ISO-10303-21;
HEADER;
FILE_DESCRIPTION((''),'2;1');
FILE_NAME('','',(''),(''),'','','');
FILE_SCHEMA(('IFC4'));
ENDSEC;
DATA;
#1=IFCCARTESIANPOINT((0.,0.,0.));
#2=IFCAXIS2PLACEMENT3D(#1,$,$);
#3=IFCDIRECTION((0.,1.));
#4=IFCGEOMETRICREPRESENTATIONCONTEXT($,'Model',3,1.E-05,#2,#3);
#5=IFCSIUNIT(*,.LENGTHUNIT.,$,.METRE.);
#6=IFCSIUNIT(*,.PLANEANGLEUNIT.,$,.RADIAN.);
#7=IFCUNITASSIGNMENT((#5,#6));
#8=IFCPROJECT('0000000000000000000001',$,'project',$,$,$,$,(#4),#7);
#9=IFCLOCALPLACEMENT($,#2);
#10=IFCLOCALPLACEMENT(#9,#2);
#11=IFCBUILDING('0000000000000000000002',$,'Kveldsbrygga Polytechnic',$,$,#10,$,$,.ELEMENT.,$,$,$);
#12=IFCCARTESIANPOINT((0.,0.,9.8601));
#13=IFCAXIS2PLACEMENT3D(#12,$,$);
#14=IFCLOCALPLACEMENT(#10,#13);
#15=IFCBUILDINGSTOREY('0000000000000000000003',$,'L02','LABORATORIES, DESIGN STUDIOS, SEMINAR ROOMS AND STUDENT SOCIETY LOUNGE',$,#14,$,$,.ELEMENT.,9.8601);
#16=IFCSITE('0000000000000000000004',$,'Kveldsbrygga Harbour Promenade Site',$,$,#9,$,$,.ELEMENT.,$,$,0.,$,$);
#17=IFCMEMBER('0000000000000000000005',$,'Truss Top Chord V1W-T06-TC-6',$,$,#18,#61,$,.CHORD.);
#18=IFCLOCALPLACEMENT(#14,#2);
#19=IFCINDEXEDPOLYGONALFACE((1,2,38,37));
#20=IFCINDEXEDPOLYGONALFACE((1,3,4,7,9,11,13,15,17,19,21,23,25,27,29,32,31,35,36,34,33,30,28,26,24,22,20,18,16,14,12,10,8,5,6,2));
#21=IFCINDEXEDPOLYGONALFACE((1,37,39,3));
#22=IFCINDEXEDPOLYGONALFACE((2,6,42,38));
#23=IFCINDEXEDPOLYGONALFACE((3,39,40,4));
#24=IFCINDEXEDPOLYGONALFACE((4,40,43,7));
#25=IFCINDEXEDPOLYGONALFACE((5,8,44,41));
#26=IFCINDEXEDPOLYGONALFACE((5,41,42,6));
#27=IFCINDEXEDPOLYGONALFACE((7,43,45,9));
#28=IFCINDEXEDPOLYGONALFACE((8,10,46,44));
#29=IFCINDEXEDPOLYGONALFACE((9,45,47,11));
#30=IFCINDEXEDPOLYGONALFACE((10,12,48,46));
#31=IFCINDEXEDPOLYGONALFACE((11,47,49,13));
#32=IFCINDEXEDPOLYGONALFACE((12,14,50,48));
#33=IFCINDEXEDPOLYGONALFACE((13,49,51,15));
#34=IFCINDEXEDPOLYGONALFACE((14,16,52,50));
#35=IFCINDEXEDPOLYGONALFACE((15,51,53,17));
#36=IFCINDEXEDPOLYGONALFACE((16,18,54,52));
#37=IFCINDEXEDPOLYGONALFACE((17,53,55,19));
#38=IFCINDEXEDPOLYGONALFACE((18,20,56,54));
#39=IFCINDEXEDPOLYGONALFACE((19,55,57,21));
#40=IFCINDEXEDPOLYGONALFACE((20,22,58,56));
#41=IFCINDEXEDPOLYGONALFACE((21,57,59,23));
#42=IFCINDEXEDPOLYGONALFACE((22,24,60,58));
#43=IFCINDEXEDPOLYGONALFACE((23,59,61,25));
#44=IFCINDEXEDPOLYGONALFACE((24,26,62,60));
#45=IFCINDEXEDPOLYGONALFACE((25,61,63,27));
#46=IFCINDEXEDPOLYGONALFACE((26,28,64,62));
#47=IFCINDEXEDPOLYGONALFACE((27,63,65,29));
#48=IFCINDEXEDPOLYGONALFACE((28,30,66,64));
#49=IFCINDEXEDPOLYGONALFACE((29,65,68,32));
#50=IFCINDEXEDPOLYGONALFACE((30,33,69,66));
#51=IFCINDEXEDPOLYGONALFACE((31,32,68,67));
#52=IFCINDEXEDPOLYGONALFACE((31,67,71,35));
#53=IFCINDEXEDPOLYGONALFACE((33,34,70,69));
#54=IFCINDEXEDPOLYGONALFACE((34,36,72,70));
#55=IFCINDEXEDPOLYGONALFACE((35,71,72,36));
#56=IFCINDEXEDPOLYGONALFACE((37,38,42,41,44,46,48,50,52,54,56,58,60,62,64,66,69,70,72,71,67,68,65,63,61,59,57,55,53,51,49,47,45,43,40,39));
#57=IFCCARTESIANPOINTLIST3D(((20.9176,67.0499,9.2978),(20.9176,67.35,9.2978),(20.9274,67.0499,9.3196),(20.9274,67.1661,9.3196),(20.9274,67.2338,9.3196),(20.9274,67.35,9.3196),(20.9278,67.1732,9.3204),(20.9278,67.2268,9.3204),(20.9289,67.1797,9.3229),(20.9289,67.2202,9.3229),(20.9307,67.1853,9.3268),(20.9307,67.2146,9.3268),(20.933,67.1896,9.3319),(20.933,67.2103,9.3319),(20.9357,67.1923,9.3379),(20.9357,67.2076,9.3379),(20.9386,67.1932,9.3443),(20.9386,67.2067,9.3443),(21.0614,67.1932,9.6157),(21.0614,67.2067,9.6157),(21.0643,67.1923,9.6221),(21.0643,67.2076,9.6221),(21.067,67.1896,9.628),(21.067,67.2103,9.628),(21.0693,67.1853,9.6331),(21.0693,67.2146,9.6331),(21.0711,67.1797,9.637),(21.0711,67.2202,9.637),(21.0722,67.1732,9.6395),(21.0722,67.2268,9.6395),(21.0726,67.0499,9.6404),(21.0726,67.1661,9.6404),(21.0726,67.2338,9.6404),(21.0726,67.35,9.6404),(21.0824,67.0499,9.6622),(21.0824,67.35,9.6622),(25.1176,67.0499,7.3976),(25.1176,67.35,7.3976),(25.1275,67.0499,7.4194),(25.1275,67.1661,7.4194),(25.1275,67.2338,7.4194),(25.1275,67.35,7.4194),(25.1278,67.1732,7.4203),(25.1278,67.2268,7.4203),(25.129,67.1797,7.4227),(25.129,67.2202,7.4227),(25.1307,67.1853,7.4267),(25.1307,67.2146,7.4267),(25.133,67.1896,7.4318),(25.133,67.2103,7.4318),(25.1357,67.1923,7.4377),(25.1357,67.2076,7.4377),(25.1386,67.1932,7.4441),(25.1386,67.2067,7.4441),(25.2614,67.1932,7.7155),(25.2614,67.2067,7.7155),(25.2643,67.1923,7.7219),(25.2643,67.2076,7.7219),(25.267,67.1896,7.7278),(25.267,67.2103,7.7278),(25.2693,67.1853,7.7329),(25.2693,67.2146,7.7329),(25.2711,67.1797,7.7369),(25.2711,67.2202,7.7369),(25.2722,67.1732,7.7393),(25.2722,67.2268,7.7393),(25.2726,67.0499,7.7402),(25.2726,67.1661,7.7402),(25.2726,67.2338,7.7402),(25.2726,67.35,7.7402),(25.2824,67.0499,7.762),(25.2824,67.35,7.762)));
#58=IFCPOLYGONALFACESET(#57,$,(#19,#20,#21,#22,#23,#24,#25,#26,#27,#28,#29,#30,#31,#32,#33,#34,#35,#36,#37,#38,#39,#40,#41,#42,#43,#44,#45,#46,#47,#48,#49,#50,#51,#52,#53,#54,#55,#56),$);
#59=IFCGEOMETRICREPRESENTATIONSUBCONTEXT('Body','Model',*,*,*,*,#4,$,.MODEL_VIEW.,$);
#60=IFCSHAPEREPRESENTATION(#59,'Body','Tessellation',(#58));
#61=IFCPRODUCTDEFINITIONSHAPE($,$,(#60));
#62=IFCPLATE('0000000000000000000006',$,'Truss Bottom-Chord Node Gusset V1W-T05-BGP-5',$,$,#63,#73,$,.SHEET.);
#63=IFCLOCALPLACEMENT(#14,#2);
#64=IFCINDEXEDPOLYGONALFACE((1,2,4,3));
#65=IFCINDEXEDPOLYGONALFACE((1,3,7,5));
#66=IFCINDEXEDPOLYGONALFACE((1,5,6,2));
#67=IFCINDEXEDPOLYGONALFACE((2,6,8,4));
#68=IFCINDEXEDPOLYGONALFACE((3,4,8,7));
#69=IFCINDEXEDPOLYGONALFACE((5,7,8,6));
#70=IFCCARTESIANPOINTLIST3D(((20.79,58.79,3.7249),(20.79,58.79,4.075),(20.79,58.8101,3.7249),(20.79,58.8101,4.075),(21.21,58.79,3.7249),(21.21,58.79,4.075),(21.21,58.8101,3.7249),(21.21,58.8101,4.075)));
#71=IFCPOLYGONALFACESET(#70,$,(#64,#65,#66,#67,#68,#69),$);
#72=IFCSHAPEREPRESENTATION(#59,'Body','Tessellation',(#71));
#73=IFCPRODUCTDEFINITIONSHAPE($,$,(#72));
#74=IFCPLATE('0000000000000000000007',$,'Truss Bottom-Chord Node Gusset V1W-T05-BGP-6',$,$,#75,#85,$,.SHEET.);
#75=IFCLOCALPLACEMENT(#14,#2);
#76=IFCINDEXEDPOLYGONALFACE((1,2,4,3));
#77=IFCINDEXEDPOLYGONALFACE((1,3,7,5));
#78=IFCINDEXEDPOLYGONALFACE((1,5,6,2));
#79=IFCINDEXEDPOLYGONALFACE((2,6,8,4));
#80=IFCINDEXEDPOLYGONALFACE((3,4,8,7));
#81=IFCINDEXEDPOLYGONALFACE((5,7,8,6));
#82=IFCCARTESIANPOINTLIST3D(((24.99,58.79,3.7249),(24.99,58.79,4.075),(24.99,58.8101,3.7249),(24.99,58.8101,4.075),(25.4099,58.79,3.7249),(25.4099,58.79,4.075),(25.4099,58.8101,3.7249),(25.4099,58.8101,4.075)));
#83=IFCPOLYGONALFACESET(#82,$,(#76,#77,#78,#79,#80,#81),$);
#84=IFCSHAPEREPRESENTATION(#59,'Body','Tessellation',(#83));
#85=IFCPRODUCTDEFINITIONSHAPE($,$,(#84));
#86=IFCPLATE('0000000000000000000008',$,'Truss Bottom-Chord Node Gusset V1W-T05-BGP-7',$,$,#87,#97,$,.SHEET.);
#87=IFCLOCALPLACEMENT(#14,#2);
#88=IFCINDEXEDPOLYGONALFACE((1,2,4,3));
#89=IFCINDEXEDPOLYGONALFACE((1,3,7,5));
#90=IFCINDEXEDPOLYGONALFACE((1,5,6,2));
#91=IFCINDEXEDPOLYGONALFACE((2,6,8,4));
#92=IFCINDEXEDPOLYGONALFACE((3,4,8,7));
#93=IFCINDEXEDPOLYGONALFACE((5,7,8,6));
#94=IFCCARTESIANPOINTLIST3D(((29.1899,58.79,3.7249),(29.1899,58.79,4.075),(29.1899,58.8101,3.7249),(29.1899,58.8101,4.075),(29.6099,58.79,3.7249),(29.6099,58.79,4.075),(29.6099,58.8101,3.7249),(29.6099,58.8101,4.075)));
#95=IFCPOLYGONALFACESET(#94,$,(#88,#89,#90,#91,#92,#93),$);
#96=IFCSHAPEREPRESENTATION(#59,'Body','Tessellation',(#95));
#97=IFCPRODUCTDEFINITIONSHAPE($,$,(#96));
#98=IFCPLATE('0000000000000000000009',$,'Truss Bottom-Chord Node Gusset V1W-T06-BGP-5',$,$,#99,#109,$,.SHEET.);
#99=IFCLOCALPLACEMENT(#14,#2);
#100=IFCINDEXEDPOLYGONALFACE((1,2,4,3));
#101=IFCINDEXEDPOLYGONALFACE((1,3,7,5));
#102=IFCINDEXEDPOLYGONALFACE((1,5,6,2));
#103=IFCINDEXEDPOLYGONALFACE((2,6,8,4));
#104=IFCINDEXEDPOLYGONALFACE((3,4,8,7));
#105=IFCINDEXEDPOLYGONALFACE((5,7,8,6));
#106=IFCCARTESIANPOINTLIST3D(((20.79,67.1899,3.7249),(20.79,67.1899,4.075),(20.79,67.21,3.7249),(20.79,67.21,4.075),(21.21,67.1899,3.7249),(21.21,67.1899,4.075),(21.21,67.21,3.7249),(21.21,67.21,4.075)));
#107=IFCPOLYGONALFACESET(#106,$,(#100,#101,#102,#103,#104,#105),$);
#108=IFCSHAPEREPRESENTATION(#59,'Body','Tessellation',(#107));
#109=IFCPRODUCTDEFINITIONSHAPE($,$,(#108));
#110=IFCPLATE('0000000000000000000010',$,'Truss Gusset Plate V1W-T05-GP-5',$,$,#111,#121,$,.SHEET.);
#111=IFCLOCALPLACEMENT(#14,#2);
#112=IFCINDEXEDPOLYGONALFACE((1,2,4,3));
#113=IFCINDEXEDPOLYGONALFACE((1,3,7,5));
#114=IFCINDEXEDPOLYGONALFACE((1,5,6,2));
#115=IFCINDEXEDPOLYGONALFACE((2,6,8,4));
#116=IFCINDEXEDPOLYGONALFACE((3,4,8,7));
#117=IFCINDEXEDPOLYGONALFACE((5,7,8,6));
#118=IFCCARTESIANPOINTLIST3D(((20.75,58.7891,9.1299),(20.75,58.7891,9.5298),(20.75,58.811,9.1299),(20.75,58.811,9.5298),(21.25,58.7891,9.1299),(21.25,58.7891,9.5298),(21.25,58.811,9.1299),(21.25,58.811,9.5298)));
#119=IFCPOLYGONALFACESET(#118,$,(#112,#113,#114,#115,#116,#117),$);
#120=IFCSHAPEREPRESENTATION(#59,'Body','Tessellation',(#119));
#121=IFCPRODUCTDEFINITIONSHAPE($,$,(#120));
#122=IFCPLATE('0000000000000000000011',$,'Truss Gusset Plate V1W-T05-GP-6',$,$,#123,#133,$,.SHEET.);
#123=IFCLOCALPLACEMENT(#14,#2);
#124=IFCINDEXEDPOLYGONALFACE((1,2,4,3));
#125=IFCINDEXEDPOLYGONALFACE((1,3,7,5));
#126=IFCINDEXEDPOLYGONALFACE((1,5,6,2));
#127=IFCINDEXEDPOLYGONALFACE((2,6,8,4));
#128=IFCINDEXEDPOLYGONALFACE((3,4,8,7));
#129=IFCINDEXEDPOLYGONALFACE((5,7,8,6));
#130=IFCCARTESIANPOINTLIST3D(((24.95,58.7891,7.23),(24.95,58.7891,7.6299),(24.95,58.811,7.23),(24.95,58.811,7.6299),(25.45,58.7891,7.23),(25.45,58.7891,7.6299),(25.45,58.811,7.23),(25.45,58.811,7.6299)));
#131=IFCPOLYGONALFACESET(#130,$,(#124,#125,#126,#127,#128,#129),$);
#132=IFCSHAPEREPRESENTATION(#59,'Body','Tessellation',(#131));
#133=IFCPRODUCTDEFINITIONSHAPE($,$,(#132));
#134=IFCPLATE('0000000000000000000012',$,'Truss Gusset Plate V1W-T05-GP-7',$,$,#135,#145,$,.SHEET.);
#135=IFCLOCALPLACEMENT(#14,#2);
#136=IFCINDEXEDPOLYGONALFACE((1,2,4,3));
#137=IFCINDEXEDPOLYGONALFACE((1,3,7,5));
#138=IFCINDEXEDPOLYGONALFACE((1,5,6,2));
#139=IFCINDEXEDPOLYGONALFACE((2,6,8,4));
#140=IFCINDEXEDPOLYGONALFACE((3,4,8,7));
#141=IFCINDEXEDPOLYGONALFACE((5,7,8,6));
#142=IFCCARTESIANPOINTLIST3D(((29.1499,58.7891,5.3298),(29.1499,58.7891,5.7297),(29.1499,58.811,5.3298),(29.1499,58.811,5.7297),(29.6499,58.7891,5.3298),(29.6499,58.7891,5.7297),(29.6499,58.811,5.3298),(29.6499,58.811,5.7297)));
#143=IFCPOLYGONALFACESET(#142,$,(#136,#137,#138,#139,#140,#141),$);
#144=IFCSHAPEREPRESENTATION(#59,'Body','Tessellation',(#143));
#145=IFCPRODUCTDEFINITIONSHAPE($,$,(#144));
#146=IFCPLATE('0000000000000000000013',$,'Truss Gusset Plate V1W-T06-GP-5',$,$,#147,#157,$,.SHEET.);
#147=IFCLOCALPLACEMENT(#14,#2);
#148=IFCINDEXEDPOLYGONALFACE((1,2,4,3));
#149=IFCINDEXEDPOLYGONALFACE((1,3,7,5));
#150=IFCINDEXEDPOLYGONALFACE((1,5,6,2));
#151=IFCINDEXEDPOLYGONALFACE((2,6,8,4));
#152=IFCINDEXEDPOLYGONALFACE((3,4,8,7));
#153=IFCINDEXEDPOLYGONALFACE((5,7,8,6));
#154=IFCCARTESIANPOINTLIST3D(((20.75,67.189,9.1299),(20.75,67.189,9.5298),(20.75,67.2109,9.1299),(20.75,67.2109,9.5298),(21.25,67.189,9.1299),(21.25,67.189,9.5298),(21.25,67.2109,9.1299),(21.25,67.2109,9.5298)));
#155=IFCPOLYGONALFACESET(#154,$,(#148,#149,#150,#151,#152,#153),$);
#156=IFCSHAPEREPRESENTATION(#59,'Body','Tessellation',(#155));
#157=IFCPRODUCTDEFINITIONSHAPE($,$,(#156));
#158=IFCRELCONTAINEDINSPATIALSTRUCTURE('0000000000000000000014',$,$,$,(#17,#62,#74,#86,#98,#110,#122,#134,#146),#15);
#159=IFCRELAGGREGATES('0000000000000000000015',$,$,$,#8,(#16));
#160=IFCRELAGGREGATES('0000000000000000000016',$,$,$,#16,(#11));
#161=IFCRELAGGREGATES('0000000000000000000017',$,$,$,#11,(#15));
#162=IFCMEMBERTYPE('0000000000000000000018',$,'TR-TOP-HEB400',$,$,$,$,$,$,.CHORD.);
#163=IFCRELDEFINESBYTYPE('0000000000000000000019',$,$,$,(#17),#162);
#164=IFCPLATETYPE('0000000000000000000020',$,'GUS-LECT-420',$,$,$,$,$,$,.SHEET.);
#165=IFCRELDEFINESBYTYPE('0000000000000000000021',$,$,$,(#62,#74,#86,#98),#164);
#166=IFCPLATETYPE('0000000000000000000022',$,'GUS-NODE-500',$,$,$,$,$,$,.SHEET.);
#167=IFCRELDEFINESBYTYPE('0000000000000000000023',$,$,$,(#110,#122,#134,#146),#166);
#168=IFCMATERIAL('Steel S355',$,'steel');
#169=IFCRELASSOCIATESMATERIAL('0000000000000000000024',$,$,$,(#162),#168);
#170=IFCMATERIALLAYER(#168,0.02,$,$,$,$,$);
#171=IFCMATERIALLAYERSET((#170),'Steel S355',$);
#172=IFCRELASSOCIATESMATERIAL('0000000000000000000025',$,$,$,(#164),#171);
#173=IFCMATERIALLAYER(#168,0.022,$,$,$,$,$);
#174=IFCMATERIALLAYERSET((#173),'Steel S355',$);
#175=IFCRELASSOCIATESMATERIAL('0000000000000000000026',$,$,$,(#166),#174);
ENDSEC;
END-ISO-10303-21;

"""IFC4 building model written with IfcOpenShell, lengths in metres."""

from ifc_helpers import new_model, si_unit, direction, frame, origin, origin_2d, place, context, subcontext, project, spatial, rectangle, i_section, extrude, material, layer, layer_set, material_profile, profile_set, type_object, element, save


model = new_model("IFC4")

# Units and contexts
model_context = context("Model", 3, precision=1e-05, world=origin(), true_north=direction((0.0, 1.0)))
body_context = subcontext(model_context, "Body", "Model", "MODEL_VIEW")
ifc_project = project(units=[si_unit("LENGTHUNIT", "METRE"), si_unit("PLANEANGLEUNIT", "RADIAN")], contexts=[model_context])

# Site, building, storey
site_placement = place(None, origin())
site = spatial("IfcSite", under=ifc_project, at=site_placement, Name="Kveldsbrygga Harbour Promenade Site", CompositionType="ELEMENT", RefElevation=0.0)
building_placement = place(site_placement, origin())
building = spatial("IfcBuilding", under=site, at=building_placement, Name="Kveldsbrygga Polytechnic", CompositionType="ELEMENT")
storey_placement = place(building_placement, frame((0.0, 0.0, 9.8601)))
storey = spatial("IfcBuildingStorey", under=building, at=storey_placement, Name="L02", Description="LABORATORIES, DESIGN STUDIOS, SEMINAR ROOMS AND STUDENT SOCIETY LOUNGE", CompositionType="ELEMENT", Elevation=9.8601)

# Member
ifc_material = material(Name="Steel S355", Category="steel")
ifc_material_profile_1 = material_profile(ifc_material, i_section(OverallWidth=0.3, OverallDepth=0.3999, WebThickness=0.0134, FlangeThickness=0.0239, FilletRadius=0.0271, at=origin_2d()), Name="HEB 400")
ifc_profile_set_1 = profile_set([ifc_material_profile_1], Name="Steel S355")
member_type_1 = type_object("IfcMemberType", Name="TR-TOP-HEB400", PredefinedType="CHORD", material=ifc_profile_set_1)
member_1_placement = place(storey_placement, frame((21.0, 67.2, 9.48), z_axis=(0.911094, 0.0, -0.412198), x_axis=(0.0, 1.0, 0.0)))
element("IfcMember", 1, at=member_1_placement, inside=storey, type_object=member_type_1, Name="Truss Top Chord V1W-T06-TC-6", PredefinedType="CHORD", context=body_context, shape_type="SweptSolid", body=[
    extrude(i_section(OverallWidth=0.3, OverallDepth=0.3999, WebThickness=0.0134, FlangeThickness=0.0239, FilletRadius=0.0271, at=origin_2d()), origin(), (0.0, 0.0, 1.0), 4.6099),
])

# Plates
ifc_layer_1 = layer(ifc_material, 0.02)
ifc_layer_set_1 = layer_set([ifc_layer_1], Name="Steel S355")
plate_type_1 = type_object("IfcPlateType", Name="GUS-LECT-420", PredefinedType="SHEET", material=ifc_layer_set_1)
for number, where, z_axis, x_axis, name in (
    (2, (21.0, 58.8, 3.7249), (0.0, 0.0, 1.0), (1.0, 0.0, 0.0), "Truss Bottom-Chord Node Gusset V1W-T05-BGP-5"),
    (3, (25.2, 58.8, 3.7249), (0.0, 0.0, 1.0), (1.0, 0.0, 0.0), "Truss Bottom-Chord Node Gusset V1W-T05-BGP-6"),
    (4, (29.3999, 58.8, 3.7249), (0.0, 0.0, 1.0), (1.0, 0.0, 0.0), "Truss Bottom-Chord Node Gusset V1W-T05-BGP-7"),
    (5, (21.0, 67.2, 3.7249), (0.0, 0.0, 1.0), (1.0, 0.0, 0.0), "Truss Bottom-Chord Node Gusset V1W-T06-BGP-5"),
):
    element("IfcPlate", number, at=place(storey_placement, frame(where, z_axis=z_axis, x_axis=x_axis)), inside=storey, type_object=plate_type_1, Name=name, PredefinedType="SHEET", context=body_context, shape_type="SweptSolid", body=[
        extrude(rectangle(XDim=0.4199, YDim=0.02, at=origin_2d()), origin(), (0.0, 0.0, 1.0), 0.3501),
    ])
ifc_layer_2 = layer(ifc_material, 0.022)
ifc_layer_set_2 = layer_set([ifc_layer_2], Name="Steel S355")
plate_type_2 = type_object("IfcPlateType", Name="GUS-NODE-500", PredefinedType="SHEET", material=ifc_layer_set_2)
for number, where, z_axis, x_axis, name in (
    (6, (21.0, 58.8, 9.1299), (0.0, 0.0, 1.0), (1.0, 0.0, 0.0), "Truss Gusset Plate V1W-T05-GP-5"),
    (7, (25.2, 58.8, 7.23), (0.0, 0.0, 1.0), (1.0, 0.0, 0.0), "Truss Gusset Plate V1W-T05-GP-6"),
    (8, (29.3999, 58.8, 5.3298), (0.0, 0.0, 1.0), (1.0, 0.0, 0.0), "Truss Gusset Plate V1W-T05-GP-7"),
    (9, (21.0, 67.2, 9.1299), (0.0, 0.0, 1.0), (1.0, 0.0, 0.0), "Truss Gusset Plate V1W-T06-GP-5"),
):
    element("IfcPlate", number, at=place(storey_placement, frame(where, z_axis=z_axis, x_axis=x_axis)), inside=storey, type_object=plate_type_2, Name=name, PredefinedType="SHEET", context=body_context, shape_type="SweptSolid", body=[
        extrude(rectangle(XDim=0.5, YDim=0.022, at=origin_2d()), origin(), (0.0, 0.0, 1.0), 0.3999),
    ])

save(model, "model.ifc")
